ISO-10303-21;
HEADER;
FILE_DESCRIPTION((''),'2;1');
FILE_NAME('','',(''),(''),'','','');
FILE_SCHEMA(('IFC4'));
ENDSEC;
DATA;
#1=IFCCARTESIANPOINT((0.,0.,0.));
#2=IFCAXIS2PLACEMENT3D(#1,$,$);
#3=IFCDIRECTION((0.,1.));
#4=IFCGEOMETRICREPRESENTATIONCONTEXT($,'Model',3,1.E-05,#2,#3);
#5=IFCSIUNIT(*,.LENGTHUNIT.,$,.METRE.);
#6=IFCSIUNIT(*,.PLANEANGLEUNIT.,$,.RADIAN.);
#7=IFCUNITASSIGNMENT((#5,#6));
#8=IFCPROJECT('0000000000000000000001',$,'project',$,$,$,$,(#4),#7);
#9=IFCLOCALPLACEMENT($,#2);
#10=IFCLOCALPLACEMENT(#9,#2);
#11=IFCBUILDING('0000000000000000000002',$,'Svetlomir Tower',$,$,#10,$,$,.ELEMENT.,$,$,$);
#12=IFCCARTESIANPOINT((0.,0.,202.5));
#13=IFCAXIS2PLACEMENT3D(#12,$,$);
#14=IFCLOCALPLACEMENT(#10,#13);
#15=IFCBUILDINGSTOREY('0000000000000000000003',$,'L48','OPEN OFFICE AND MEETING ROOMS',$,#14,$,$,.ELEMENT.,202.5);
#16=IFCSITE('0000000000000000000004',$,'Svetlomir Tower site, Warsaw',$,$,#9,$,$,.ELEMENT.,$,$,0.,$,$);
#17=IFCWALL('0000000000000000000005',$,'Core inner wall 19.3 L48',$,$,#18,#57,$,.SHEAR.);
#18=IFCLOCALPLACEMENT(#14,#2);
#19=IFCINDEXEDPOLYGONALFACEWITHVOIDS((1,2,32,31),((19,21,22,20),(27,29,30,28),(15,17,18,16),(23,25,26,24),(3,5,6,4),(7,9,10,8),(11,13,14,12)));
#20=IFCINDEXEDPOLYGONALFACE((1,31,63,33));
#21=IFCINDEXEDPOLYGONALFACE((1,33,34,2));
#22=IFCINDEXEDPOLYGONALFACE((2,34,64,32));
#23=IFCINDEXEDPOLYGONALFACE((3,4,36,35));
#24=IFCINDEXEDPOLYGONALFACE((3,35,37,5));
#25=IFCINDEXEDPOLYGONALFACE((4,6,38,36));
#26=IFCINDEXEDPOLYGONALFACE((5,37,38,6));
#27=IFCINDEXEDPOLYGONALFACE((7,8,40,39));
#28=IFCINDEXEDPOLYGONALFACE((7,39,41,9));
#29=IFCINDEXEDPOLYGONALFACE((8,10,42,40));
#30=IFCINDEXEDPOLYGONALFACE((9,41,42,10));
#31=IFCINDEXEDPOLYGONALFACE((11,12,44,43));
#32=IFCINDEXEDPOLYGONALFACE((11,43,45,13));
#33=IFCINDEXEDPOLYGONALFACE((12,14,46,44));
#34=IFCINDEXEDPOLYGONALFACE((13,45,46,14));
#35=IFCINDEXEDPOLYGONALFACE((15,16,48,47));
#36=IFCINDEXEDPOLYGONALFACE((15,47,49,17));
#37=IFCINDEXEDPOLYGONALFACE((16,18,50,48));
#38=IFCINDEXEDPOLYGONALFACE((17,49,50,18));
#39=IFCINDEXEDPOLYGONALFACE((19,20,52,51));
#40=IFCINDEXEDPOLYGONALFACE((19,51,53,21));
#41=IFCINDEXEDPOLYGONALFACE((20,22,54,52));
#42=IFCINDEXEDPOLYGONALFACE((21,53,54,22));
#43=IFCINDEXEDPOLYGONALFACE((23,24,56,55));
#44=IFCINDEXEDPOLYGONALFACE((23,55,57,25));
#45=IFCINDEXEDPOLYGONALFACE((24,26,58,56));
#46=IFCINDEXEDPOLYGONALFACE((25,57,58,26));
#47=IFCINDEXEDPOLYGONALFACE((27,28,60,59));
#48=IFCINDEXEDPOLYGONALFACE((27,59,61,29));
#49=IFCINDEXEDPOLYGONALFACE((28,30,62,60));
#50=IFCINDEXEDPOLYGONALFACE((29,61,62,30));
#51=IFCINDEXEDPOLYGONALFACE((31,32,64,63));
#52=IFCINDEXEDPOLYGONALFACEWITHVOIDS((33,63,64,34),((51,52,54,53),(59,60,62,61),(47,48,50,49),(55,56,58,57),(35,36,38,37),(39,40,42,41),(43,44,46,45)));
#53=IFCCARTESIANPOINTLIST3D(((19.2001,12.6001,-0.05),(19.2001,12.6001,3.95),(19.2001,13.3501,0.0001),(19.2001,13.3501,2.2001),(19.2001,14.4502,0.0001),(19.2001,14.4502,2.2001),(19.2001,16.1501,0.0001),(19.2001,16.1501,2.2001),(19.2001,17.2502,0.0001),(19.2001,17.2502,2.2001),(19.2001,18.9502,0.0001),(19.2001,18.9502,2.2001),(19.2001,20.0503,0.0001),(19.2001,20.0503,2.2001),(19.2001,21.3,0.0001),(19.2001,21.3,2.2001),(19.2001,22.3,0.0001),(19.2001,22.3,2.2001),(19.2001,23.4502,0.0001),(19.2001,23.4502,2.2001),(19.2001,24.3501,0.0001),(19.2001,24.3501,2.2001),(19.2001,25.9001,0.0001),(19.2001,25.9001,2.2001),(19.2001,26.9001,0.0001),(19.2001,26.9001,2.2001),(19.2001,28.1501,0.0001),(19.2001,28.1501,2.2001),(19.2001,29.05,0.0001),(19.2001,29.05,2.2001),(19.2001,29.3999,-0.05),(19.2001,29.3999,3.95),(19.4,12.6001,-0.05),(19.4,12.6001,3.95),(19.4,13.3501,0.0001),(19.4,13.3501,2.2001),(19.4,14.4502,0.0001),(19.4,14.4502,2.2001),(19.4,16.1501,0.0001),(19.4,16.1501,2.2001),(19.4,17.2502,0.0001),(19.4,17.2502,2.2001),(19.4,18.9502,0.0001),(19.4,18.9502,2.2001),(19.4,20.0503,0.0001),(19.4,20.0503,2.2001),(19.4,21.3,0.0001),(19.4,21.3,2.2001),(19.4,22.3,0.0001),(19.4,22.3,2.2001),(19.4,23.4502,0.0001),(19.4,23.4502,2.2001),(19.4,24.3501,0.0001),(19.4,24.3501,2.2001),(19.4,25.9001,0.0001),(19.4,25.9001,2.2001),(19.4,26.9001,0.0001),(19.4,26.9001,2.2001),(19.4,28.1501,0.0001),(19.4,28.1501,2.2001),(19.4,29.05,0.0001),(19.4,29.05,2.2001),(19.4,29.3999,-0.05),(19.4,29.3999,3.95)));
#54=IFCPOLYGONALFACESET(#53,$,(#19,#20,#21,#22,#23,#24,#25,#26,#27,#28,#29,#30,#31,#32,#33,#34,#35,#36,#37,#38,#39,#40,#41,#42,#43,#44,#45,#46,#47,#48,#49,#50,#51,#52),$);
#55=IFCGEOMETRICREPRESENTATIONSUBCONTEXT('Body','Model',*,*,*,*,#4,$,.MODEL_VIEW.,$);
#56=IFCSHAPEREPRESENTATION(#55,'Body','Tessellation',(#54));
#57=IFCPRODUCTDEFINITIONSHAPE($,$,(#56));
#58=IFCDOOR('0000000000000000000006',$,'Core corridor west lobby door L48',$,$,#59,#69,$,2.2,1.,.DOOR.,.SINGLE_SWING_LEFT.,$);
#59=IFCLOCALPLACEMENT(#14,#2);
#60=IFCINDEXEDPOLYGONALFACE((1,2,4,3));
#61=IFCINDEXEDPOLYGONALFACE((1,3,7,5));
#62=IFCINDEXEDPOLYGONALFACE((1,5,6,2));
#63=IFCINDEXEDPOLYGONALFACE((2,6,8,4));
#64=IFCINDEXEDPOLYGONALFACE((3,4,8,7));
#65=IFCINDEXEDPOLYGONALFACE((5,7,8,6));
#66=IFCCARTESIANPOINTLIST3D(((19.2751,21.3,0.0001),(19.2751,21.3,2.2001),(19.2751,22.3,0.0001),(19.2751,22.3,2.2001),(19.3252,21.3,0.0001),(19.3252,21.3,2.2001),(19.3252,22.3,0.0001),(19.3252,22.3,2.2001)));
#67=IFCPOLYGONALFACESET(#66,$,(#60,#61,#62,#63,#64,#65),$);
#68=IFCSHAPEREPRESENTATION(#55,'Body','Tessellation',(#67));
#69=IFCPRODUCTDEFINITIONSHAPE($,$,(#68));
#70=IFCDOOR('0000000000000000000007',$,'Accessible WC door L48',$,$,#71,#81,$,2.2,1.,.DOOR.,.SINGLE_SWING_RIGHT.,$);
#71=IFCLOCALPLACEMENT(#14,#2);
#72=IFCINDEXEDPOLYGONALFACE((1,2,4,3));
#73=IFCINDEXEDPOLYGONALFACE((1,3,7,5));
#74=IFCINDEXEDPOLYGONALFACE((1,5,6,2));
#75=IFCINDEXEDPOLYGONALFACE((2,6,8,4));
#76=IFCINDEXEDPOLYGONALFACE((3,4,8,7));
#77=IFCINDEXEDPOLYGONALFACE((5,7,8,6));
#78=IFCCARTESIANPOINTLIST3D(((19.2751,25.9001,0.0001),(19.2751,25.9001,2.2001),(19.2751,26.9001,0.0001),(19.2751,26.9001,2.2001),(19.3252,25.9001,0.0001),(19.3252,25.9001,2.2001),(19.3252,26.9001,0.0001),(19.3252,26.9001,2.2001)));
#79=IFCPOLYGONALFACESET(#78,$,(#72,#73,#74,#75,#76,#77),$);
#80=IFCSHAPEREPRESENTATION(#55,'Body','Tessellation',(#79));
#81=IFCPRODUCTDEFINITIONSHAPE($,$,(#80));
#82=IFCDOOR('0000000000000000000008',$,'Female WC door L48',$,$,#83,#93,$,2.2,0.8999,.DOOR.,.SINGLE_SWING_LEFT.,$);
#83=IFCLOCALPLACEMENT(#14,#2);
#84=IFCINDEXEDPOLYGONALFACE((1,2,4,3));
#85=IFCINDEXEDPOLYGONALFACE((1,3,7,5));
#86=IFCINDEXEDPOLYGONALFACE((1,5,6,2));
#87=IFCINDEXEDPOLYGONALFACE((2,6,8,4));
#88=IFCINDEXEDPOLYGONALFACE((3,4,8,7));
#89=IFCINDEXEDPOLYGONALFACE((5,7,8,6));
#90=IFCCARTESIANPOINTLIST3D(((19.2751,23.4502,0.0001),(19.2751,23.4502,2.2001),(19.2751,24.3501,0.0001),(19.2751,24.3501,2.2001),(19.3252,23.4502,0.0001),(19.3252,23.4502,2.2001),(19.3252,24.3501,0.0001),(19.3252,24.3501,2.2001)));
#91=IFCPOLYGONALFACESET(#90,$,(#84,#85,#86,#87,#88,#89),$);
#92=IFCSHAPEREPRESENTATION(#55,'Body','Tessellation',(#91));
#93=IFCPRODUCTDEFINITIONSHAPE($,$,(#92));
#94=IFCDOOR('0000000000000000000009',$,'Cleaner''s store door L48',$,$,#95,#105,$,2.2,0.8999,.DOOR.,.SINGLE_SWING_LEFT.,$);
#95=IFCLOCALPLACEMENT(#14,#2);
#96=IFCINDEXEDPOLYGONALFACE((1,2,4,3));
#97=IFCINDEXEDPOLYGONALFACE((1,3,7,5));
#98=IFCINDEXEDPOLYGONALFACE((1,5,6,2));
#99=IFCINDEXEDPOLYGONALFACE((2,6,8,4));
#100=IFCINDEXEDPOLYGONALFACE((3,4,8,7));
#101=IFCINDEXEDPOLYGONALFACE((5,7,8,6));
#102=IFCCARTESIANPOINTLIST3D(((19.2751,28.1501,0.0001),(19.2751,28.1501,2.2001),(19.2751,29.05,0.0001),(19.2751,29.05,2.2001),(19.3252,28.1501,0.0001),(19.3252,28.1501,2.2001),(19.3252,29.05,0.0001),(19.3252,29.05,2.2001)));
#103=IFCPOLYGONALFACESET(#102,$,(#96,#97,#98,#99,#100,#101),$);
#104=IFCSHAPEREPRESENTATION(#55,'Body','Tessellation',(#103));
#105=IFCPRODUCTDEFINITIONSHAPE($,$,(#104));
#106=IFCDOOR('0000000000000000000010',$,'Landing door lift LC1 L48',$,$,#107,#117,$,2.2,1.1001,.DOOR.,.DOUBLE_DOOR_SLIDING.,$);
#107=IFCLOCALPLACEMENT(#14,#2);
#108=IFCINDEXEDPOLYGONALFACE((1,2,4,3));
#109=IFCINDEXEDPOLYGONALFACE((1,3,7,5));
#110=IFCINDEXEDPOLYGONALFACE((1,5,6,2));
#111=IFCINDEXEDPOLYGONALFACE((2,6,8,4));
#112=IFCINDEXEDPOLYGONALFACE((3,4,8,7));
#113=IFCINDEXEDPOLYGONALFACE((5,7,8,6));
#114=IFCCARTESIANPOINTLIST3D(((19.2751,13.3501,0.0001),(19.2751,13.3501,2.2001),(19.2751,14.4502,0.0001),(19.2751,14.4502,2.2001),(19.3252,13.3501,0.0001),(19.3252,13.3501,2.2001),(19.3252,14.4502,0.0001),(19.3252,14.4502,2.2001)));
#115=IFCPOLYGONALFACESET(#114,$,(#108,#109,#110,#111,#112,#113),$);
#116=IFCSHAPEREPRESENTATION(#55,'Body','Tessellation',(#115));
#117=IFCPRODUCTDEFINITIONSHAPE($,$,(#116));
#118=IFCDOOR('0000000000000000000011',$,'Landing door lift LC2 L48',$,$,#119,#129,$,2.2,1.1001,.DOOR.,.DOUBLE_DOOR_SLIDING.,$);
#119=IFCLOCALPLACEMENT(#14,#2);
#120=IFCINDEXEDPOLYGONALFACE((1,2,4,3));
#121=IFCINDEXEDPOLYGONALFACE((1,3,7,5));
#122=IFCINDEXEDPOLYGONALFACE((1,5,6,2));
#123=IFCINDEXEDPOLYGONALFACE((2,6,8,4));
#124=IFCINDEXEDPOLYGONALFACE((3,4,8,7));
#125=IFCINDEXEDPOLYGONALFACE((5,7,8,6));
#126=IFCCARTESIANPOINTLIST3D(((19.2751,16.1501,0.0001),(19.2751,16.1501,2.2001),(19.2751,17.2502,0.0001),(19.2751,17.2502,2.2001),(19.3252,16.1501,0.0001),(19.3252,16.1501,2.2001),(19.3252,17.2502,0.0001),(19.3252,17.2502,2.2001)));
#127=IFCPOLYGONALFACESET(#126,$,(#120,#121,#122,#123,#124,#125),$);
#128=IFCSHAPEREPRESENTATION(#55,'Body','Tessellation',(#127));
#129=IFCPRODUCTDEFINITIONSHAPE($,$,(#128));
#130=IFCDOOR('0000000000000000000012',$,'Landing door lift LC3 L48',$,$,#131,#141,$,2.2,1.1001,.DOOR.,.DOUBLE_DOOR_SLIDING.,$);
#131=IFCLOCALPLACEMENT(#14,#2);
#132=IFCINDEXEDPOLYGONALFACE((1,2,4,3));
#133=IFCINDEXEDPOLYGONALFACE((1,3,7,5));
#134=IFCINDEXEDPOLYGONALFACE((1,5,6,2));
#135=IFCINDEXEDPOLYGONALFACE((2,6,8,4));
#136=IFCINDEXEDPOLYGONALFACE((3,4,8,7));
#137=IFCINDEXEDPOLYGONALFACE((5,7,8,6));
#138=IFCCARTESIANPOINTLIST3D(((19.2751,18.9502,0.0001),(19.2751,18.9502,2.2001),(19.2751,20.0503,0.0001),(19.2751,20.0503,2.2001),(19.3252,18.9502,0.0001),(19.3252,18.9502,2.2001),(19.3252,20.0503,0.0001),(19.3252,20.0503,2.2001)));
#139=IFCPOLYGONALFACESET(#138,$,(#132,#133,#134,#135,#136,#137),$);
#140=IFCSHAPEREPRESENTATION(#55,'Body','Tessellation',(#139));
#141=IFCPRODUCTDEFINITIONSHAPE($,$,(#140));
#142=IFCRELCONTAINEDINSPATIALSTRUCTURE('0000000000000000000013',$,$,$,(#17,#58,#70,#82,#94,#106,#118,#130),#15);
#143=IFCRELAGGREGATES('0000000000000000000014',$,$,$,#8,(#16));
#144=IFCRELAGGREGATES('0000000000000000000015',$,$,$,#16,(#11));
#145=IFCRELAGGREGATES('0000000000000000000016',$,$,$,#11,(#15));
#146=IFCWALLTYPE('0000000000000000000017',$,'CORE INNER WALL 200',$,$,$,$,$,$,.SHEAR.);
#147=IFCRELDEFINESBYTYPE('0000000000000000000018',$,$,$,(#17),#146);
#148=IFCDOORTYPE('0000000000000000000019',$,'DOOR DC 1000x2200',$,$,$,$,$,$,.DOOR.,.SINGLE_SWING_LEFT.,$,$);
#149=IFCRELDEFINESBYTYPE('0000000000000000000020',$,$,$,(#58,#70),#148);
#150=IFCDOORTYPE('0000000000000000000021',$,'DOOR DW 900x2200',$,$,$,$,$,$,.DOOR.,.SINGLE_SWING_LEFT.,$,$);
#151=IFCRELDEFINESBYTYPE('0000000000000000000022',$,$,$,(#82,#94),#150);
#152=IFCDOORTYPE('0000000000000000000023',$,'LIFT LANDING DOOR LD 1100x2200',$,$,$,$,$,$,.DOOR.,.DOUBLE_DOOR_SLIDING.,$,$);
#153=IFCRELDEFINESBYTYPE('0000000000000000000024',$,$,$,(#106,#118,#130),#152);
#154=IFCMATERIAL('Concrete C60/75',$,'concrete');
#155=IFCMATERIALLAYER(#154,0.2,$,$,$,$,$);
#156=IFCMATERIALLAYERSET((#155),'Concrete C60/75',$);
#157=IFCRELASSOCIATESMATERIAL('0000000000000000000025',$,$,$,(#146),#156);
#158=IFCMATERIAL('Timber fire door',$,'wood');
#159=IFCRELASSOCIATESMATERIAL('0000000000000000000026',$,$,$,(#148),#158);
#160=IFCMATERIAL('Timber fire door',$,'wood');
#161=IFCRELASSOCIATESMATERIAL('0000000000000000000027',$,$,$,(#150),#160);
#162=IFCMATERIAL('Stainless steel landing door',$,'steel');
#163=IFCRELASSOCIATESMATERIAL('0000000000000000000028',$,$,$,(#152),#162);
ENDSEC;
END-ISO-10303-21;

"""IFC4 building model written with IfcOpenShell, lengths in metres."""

from ifc_helpers import new_model, si_unit, direction, frame, frame_2d, origin, place, context, subcontext, project, spatial, rectangle, extrude, material, layer, layer_set, type_object, element, fill, save


model = new_model("IFC4")

# Units and contexts
model_context = context("Model", 3, precision=1e-05, world=origin(), true_north=direction((0.0, 1.0)))
body_context = subcontext(model_context, "Body", "Model", "MODEL_VIEW")
ifc_project = project(units=[si_unit("LENGTHUNIT", "METRE"), si_unit("PLANEANGLEUNIT", "RADIAN")], contexts=[model_context])

# Site, building, storey
site_placement = place(None, origin())
site = spatial("IfcSite", under=ifc_project, at=site_placement, Name="Svetlomir Tower site, Warsaw", CompositionType="ELEMENT", RefElevation=0.0)
building_placement = place(site_placement, origin())
building = spatial("IfcBuilding", under=site, at=building_placement, Name="Svetlomir Tower", CompositionType="ELEMENT")
storey_placement = place(building_placement, frame((0.0, 0.0, 202.5)))
storey = spatial("IfcBuildingStorey", under=building, at=storey_placement, Name="L48", Description="OPEN OFFICE AND MEETING ROOMS", CompositionType="ELEMENT", Elevation=202.5)

# Shared definitions
ifc_material_1 = material(Name="Concrete C60/75", Category="concrete")
ifc_layer_1 = layer(ifc_material_1, 0.2)
ifc_layer_set_1 = layer_set([ifc_layer_1], Name="Concrete C60/75")
wall_type_1 = type_object("IfcWallType", Name="CORE INNER WALL 200", PredefinedType="SHEAR", material=ifc_layer_set_1)

# Wall, openings, doors
wall_1_placement = place(storey_placement, frame((19.3, 12.6001, -0.05), z_axis=(0.0, 0.0, 1.0), x_axis=(0.0, 1.0, 0.0)))
wall_1 = element("IfcWall", 1, at=wall_1_placement, inside=storey, type_object=wall_type_1, Name="Core inner wall 19.3 L48", PredefinedType="SHEAR", context=body_context, shape_type="SweptSolid", body=[
    extrude(rectangle(XDim=16.7998, YDim=0.2, at=frame_2d((8.3999, 0.0))), origin(), (0.0, 0.0, 1.0), 4.0),
])
opening_1_placement = place(wall_1_placement, frame((8.7, 0.0, 0.05)))
opening_1 = element("IfcOpeningElement", 2, at=opening_1_placement, cuts=wall_1, PredefinedType="OPENING", context=body_context, shape_type="SweptSolid", body=[
    extrude(rectangle(XDim=1.0, YDim=2.2, at=frame_2d((0.5, 1.1001))), frame((0.0, 0.1099, 0.0), z_axis=(0.0, -1.0, 0.0), x_axis=(1.0, 0.0, 0.0)), (0.0, 0.0, 1.0), 0.22),
])
opening_2_placement = place(wall_1_placement, frame((10.8501, 0.0, 0.05)))
opening_2 = element("IfcOpeningElement", 3, at=opening_2_placement, cuts=wall_1, PredefinedType="OPENING", context=body_context, shape_type="SweptSolid", body=[
    extrude(rectangle(XDim=0.8999, YDim=2.2, at=frame_2d((0.45, 1.1001))), frame((0.0, 0.1099, 0.0), z_axis=(0.0, -1.0, 0.0), x_axis=(1.0, 0.0, 0.0)), (0.0, 0.0, 1.0), 0.22),
])
opening_3_placement = place(wall_1_placement, frame((13.3, 0.0, 0.05)))
opening_3 = element("IfcOpeningElement", 4, at=opening_3_placement, cuts=wall_1, PredefinedType="OPENING", context=body_context, shape_type="SweptSolid", body=[
    extrude(rectangle(XDim=1.0, YDim=2.2, at=frame_2d((0.5, 1.1001))), frame((0.0, 0.1099, 0.0), z_axis=(0.0, -1.0, 0.0), x_axis=(1.0, 0.0, 0.0)), (0.0, 0.0, 1.0), 0.22),
])
opening_4_placement = place(wall_1_placement, frame((15.55, 0.0, 0.05)))
opening_4 = element("IfcOpeningElement", 5, at=opening_4_placement, cuts=wall_1, PredefinedType="OPENING", context=body_context, shape_type="SweptSolid", body=[
    extrude(rectangle(XDim=0.8999, YDim=2.2, at=frame_2d((0.45, 1.1001))), frame((0.0, 0.1099, 0.0), z_axis=(0.0, -1.0, 0.0), x_axis=(1.0, 0.0, 0.0)), (0.0, 0.0, 1.0), 0.22),
])
opening_5_placement = place(wall_1_placement, frame((0.75, 0.0, 0.05)))
opening_5 = element("IfcOpeningElement", 6, at=opening_5_placement, cuts=wall_1, PredefinedType="OPENING", context=body_context, shape_type="SweptSolid", body=[
    extrude(rectangle(XDim=1.1001, YDim=2.2, at=frame_2d((0.55, 1.1001))), frame((0.0, 0.1099, 0.0), z_axis=(0.0, -1.0, 0.0), x_axis=(1.0, 0.0, 0.0)), (0.0, 0.0, 1.0), 0.22),
])
opening_6_placement = place(wall_1_placement, frame((3.55, 0.0, 0.05)))
opening_6 = element("IfcOpeningElement", 7, at=opening_6_placement, cuts=wall_1, PredefinedType="OPENING", context=body_context, shape_type="SweptSolid", body=[
    extrude(rectangle(XDim=1.1001, YDim=2.2, at=frame_2d((0.55, 1.1001))), frame((0.0, 0.1099, 0.0), z_axis=(0.0, -1.0, 0.0), x_axis=(1.0, 0.0, 0.0)), (0.0, 0.0, 1.0), 0.22),
])
opening_7_placement = place(wall_1_placement, frame((6.3501, 0.0, 0.05)))
opening_7 = element("IfcOpeningElement", 8, at=opening_7_placement, cuts=wall_1, PredefinedType="OPENING", context=body_context, shape_type="SweptSolid", body=[
    extrude(rectangle(XDim=1.1001, YDim=2.2, at=frame_2d((0.55, 1.1001))), frame((0.0, 0.1099, 0.0), z_axis=(0.0, -1.0, 0.0), x_axis=(1.0, 0.0, 0.0)), (0.0, 0.0, 1.0), 0.22),
])
ifc_material_2 = material(Name="Timber fire door", Category="wood")
door_type_1 = type_object("IfcDoorType", Name="DOOR DC 1000x2200", OperationType="SINGLE_SWING_LEFT", PredefinedType="DOOR", material=ifc_material_2)
door_1_placement = place(opening_1_placement, origin())
door_1 = element("IfcDoor", 9, at=door_1_placement, inside=storey, type_object=door_type_1, Name="Core corridor west lobby door L48", OperationType="SINGLE_SWING_LEFT", OverallHeight=2.2, OverallWidth=1.0, PredefinedType="DOOR", context=body_context, shape_type="SweptSolid", body=[
    extrude(rectangle(XDim=1.0, YDim=2.2, at=frame_2d((0.5, 1.1001))), frame((0.0, 0.0249, 0.0), z_axis=(0.0, -1.0, 0.0), x_axis=(1.0, 0.0, 0.0)), (0.0, 0.0, 1.0), 0.05),
])
fill(opening_1, door_1)
door_2_placement = place(opening_3_placement, origin())
door_2 = element("IfcDoor", 10, at=door_2_placement, inside=storey, type_object=door_type_1, Name="Accessible WC door L48", OperationType="SINGLE_SWING_RIGHT", OverallHeight=2.2, OverallWidth=1.0, PredefinedType="DOOR", context=body_context, shape_type="SweptSolid", body=[
    extrude(rectangle(XDim=1.0, YDim=2.2, at=frame_2d((0.5, 1.1001))), frame((0.0, 0.0249, 0.0), z_axis=(0.0, -1.0, 0.0), x_axis=(1.0, 0.0, 0.0)), (0.0, 0.0, 1.0), 0.05),
])
fill(opening_3, door_2)
ifc_material_3 = material(Name="Timber fire door", Category="wood")
door_type_2 = type_object("IfcDoorType", Name="DOOR DW 900x2200", OperationType="SINGLE_SWING_LEFT", PredefinedType="DOOR", material=ifc_material_3)
door_3_placement = place(opening_2_placement, origin())
door_3 = element("IfcDoor", 11, at=door_3_placement, inside=storey, type_object=door_type_2, Name="Female WC door L48", OperationType="SINGLE_SWING_LEFT", OverallHeight=2.2, OverallWidth=0.8999, PredefinedType="DOOR", context=body_context, shape_type="SweptSolid", body=[
    extrude(rectangle(XDim=0.8999, YDim=2.2, at=frame_2d((0.45, 1.1001))), frame((0.0, 0.0249, 0.0), z_axis=(0.0, -1.0, 0.0), x_axis=(1.0, 0.0, 0.0)), (0.0, 0.0, 1.0), 0.05),
])
fill(opening_2, door_3)
door_4_placement = place(opening_4_placement, origin())
door_4 = element("IfcDoor", 12, at=door_4_placement, inside=storey, type_object=door_type_2, Name="Cleaner's store door L48", OperationType="SINGLE_SWING_LEFT", OverallHeight=2.2, OverallWidth=0.8999, PredefinedType="DOOR", context=body_context, shape_type="SweptSolid", body=[
    extrude(rectangle(XDim=0.8999, YDim=2.2, at=frame_2d((0.45, 1.1001))), frame((0.0, 0.0249, 0.0), z_axis=(0.0, -1.0, 0.0), x_axis=(1.0, 0.0, 0.0)), (0.0, 0.0, 1.0), 0.05),
])
fill(opening_4, door_4)
ifc_material_4 = material(Name="Stainless steel landing door", Category="steel")
door_type_3 = type_object("IfcDoorType", Name="LIFT LANDING DOOR LD 1100x2200", OperationType="DOUBLE_DOOR_SLIDING", PredefinedType="DOOR", material=ifc_material_4)
door_5_placement = place(opening_5_placement, origin())
door_5 = element("IfcDoor", 13, at=door_5_placement, inside=storey, type_object=door_type_3, Name="Landing door lift LC1 L48", OperationType="DOUBLE_DOOR_SLIDING", OverallHeight=2.2, OverallWidth=1.1001, PredefinedType="DOOR", context=body_context, shape_type="SweptSolid", body=[
    extrude(rectangle(XDim=1.1001, YDim=2.2, at=frame_2d((0.55, 1.1001))), frame((0.0, 0.0249, 0.0), z_axis=(0.0, -1.0, 0.0), x_axis=(1.0, 0.0, 0.0)), (0.0, 0.0, 1.0), 0.05),
])
fill(opening_5, door_5)
door_6_placement = place(opening_6_placement, origin())
door_6 = element("IfcDoor", 14, at=door_6_placement, inside=storey, type_object=door_type_3, Name="Landing door lift LC2 L48", OperationType="DOUBLE_DOOR_SLIDING", OverallHeight=2.2, OverallWidth=1.1001, PredefinedType="DOOR", context=body_context, shape_type="SweptSolid", body=[
    extrude(rectangle(XDim=1.1001, YDim=2.2, at=frame_2d((0.55, 1.1001))), frame((0.0, 0.0249, 0.0), z_axis=(0.0, -1.0, 0.0), x_axis=(1.0, 0.0, 0.0)), (0.0, 0.0, 1.0), 0.05),
])
fill(opening_6, door_6)
door_7_placement = place(opening_7_placement, origin())
door_7 = element("IfcDoor", 15, at=door_7_placement, inside=storey, type_object=door_type_3, Name="Landing door lift LC3 L48", OperationType="DOUBLE_DOOR_SLIDING", OverallHeight=2.2, OverallWidth=1.1001, PredefinedType="DOOR", context=body_context, shape_type="SweptSolid", body=[
    extrude(rectangle(XDim=1.1001, YDim=2.2, at=frame_2d((0.55, 1.1001))), frame((0.0, 0.0249, 0.0), z_axis=(0.0, -1.0, 0.0), x_axis=(1.0, 0.0, 0.0)), (0.0, 0.0, 1.0), 0.05),
])
fill(opening_7, door_7)

save(model, "model.ifc")
